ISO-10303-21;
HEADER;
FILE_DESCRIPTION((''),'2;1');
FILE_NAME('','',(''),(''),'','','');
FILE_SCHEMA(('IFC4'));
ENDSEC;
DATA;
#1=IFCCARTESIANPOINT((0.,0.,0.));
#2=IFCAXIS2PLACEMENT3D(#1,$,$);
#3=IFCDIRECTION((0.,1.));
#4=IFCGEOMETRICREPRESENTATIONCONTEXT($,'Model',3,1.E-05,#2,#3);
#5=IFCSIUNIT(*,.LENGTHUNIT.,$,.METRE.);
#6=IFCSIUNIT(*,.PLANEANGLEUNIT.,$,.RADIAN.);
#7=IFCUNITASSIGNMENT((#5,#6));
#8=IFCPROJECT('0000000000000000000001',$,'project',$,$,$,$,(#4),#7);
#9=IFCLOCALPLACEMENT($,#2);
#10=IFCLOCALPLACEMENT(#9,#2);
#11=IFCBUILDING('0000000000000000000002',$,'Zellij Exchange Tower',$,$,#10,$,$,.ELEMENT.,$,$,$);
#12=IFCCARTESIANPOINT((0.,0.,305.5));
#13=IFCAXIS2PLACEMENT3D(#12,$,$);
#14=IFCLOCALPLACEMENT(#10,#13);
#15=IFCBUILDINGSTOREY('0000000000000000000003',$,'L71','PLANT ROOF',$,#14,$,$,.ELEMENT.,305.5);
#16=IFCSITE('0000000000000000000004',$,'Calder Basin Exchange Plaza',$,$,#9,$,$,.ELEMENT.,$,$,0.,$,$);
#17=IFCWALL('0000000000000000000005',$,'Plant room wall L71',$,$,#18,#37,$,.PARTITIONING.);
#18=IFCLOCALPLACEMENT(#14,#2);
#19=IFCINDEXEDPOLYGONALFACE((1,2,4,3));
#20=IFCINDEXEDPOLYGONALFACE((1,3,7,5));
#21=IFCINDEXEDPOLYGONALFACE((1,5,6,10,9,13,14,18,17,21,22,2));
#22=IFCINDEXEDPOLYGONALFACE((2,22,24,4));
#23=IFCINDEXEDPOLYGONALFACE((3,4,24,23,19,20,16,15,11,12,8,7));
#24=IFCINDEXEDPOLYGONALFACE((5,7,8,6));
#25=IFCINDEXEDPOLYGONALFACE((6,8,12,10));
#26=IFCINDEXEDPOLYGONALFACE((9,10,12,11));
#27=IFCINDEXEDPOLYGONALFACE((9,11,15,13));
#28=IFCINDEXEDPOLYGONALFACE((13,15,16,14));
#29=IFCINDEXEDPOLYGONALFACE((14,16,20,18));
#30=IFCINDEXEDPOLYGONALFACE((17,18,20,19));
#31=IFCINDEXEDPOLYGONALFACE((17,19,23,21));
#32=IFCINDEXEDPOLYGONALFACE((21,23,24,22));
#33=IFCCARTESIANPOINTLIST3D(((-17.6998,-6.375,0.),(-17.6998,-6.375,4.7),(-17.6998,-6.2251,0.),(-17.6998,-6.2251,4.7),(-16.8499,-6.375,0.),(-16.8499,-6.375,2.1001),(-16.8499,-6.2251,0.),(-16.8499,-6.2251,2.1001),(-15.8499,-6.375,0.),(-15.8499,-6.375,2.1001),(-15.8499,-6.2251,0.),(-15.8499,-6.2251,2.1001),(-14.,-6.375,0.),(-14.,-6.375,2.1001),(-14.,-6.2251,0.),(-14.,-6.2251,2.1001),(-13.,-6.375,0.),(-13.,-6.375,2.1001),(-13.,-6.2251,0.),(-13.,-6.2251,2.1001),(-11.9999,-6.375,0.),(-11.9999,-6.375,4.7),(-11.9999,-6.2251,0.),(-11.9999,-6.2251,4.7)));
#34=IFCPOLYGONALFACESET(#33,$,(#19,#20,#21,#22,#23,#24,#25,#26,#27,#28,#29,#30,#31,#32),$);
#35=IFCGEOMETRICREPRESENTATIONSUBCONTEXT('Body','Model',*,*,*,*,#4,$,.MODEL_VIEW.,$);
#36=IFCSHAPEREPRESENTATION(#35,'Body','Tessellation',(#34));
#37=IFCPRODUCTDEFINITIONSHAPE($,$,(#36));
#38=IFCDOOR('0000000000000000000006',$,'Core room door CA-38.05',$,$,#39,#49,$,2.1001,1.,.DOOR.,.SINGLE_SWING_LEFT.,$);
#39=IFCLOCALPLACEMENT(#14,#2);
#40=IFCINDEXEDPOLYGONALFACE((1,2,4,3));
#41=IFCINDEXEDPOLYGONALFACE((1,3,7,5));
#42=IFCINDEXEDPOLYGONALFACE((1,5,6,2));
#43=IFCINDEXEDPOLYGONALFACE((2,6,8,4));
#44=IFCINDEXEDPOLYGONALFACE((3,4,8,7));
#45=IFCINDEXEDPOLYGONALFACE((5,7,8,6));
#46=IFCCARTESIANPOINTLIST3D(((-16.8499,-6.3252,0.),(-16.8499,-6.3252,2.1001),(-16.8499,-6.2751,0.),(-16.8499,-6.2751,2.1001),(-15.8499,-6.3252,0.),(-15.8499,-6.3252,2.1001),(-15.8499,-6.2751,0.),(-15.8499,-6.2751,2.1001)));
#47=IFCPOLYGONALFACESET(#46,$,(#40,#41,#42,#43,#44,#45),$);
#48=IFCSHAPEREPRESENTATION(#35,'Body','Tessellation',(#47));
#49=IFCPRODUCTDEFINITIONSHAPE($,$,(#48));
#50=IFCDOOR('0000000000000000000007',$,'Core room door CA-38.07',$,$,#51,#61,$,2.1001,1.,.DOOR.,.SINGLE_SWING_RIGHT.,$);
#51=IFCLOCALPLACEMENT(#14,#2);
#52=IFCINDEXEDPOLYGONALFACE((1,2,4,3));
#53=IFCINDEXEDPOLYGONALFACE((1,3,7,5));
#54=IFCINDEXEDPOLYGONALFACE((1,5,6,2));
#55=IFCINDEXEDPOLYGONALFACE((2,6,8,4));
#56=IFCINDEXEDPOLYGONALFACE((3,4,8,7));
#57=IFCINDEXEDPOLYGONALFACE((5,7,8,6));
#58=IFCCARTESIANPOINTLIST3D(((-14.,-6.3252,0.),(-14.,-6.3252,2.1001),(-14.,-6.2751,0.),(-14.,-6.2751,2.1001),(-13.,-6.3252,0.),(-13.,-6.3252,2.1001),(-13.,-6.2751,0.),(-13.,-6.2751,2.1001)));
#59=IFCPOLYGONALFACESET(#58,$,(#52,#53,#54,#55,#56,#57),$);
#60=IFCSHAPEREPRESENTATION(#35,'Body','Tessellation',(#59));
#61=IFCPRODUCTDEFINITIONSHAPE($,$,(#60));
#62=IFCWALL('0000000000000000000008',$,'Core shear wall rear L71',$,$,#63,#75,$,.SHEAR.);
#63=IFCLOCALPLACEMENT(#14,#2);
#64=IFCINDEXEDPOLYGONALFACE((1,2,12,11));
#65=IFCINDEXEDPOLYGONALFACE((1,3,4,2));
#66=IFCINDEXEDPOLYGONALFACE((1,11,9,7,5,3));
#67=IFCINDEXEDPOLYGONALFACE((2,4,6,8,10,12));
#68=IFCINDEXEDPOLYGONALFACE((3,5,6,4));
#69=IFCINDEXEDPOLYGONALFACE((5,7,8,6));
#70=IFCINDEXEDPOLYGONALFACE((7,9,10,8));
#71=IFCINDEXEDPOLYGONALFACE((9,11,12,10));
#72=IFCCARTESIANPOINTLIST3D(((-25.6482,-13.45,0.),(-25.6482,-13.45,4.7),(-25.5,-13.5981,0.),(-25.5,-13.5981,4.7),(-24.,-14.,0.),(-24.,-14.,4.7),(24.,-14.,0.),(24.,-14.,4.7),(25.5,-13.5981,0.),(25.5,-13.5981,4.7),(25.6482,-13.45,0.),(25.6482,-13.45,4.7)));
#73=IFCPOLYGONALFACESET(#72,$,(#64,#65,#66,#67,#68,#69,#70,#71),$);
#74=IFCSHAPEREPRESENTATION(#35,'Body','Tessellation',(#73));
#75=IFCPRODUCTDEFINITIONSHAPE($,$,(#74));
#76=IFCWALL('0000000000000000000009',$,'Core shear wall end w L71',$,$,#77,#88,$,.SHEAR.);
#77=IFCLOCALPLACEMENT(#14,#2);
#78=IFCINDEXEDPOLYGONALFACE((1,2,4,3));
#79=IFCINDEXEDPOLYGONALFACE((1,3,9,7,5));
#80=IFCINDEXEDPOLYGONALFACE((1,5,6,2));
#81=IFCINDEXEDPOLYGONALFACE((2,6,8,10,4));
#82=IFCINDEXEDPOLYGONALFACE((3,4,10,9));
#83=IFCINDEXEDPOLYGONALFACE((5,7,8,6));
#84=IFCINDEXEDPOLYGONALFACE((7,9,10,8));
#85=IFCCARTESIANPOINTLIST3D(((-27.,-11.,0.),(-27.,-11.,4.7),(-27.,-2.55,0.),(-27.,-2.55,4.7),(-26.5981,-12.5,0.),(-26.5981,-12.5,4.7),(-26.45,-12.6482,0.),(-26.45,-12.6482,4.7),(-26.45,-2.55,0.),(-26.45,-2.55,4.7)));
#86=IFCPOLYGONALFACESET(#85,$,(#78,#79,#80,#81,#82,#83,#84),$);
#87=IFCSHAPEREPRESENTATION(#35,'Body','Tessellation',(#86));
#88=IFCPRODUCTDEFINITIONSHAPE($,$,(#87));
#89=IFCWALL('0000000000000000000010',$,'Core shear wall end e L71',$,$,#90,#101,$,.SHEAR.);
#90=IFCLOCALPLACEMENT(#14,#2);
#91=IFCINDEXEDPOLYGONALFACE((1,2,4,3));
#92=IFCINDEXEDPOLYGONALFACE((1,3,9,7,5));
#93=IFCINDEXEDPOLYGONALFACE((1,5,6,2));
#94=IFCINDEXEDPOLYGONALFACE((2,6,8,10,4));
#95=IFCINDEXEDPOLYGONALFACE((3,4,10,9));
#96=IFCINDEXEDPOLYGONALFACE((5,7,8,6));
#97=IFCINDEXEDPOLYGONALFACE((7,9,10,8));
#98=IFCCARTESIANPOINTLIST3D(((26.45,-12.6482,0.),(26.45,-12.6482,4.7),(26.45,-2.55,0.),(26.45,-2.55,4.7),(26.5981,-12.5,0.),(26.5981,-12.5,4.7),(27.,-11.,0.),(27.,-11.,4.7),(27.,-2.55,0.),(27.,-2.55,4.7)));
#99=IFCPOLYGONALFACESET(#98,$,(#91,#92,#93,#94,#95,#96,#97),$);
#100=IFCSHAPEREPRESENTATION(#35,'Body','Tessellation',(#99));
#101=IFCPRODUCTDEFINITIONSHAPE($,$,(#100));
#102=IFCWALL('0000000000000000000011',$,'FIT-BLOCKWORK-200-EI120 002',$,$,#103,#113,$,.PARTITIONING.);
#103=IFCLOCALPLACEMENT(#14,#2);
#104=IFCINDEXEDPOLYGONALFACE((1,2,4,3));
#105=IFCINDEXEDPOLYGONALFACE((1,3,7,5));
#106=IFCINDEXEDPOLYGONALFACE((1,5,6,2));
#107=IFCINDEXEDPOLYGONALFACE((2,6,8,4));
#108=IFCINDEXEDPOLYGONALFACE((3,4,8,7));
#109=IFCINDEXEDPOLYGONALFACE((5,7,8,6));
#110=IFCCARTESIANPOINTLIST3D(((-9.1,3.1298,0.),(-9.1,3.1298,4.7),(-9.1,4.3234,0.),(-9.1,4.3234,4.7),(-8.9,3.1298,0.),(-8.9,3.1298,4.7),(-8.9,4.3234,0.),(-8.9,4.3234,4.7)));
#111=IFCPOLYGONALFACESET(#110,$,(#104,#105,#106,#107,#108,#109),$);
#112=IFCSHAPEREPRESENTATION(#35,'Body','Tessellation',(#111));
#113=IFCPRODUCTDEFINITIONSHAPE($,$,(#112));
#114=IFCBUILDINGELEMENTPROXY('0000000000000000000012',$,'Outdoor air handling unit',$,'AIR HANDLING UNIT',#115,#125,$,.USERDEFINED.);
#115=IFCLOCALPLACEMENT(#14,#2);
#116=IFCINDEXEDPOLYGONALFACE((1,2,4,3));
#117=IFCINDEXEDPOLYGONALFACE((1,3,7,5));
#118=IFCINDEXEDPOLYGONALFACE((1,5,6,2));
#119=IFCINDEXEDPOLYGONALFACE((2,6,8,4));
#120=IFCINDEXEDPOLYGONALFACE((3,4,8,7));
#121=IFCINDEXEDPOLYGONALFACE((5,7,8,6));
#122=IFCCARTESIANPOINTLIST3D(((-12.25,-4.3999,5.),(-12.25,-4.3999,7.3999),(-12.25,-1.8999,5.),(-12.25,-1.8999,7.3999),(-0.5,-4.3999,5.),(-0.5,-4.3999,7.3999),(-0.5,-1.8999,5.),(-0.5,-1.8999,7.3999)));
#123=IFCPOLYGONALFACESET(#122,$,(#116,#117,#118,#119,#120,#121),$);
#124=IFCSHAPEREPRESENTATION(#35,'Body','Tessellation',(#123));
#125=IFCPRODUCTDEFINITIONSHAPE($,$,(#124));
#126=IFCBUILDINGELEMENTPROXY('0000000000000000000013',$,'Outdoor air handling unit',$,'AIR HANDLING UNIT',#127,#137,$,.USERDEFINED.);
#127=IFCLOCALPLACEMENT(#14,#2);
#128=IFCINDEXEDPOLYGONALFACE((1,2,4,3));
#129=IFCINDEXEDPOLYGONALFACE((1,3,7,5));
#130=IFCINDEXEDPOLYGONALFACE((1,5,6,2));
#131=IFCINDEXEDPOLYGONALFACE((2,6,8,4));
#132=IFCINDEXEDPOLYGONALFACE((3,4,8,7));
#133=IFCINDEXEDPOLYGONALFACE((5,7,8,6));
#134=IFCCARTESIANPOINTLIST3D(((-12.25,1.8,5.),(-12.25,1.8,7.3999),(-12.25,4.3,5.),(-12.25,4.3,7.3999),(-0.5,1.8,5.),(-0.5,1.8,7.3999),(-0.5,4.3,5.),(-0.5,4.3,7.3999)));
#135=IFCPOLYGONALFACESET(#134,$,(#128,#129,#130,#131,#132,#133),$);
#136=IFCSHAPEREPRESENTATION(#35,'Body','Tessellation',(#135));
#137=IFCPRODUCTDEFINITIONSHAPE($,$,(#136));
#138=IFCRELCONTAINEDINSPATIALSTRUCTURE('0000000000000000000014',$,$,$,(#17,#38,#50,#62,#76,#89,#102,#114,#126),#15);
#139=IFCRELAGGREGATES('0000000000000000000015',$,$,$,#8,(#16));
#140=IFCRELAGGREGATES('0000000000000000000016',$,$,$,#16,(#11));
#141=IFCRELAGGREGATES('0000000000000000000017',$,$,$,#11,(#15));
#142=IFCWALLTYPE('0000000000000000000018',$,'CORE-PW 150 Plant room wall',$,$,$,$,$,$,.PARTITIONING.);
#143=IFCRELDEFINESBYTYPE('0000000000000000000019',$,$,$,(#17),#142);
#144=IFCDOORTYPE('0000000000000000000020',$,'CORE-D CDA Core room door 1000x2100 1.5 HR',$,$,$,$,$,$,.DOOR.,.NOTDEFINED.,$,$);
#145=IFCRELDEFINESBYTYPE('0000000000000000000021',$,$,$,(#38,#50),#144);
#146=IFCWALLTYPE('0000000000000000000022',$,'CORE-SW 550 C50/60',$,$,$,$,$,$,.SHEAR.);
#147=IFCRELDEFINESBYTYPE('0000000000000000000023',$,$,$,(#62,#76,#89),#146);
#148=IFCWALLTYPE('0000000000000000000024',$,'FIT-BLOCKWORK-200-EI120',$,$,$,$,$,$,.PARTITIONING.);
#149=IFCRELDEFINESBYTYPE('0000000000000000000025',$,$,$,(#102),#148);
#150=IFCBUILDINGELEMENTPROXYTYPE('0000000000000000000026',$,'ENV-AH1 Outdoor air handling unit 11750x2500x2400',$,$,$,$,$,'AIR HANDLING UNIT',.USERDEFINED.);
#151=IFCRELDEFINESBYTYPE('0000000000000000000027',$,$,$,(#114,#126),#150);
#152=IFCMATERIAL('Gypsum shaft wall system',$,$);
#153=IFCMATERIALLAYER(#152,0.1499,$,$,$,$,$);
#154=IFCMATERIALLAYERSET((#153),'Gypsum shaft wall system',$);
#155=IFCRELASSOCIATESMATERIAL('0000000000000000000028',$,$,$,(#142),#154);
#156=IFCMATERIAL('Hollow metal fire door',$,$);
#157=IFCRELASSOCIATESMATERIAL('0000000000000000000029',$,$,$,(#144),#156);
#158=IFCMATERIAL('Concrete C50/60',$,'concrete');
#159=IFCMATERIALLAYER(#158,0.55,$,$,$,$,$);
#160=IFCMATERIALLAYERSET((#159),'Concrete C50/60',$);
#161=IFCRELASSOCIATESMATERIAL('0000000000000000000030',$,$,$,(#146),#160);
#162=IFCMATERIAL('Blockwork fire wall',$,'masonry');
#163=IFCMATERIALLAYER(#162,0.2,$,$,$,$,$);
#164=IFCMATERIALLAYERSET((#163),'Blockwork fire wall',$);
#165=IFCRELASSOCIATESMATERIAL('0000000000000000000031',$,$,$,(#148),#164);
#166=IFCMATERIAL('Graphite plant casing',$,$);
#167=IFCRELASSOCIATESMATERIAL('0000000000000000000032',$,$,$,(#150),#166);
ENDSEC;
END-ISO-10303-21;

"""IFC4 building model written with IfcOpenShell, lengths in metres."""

from ifc_helpers import new_model, si_unit, direction, frame, frame_2d, origin, origin_2d, place, context, subcontext, project, spatial, polyline, rectangle, outline, extrude, material, layer, layer_set, type_object, element, fill, save


model = new_model("IFC4")

# Units and contexts
model_context = context("Model", 3, precision=1e-05, world=origin(), true_north=direction((0.0, 1.0)))
body_context = subcontext(model_context, "Body", "Model", "MODEL_VIEW")
ifc_project = project(units=[si_unit("LENGTHUNIT", "METRE"), si_unit("PLANEANGLEUNIT", "RADIAN")], contexts=[model_context])

# Site, building, storey
site_placement = place(None, origin())
site = spatial("IfcSite", under=ifc_project, at=site_placement, Name="Calder Basin Exchange Plaza", CompositionType="ELEMENT", RefElevation=0.0)
building_placement = place(site_placement, origin())
building = spatial("IfcBuilding", under=site, at=building_placement, Name="Zellij Exchange Tower", CompositionType="ELEMENT")
storey_placement = place(building_placement, frame((0.0, 0.0, 305.5)))
storey = spatial("IfcBuildingStorey", under=building, at=storey_placement, Name="L71", Description="PLANT ROOF", CompositionType="ELEMENT", Elevation=305.5)

# Shared definitions
ifc_material_1 = material(Name="Concrete C50/60", Category="concrete")

# Shared definitions
ifc_material_2 = material(Name="Gypsum shaft wall system")
ifc_material_3 = material(Name="Hollow metal fire door")

# Shared definitions
ifc_layer_1 = layer(ifc_material_2, 0.1499)
ifc_layer_set_1 = layer_set([ifc_layer_1], Name="Gypsum shaft wall system")
wall_type_1 = type_object("IfcWallType", Name="CORE-PW 150 Plant room wall", PredefinedType="PARTITIONING", material=ifc_layer_set_1)

# Wall, openings, doors
wall_1_placement = place(storey_placement, frame((-17.7, -6.3, 0.0), z_axis=(0.0, 0.0, 1.0), x_axis=(1.0, 0.0, 0.0)))
wall_1 = element("IfcWall", 1, at=wall_1_placement, inside=storey, type_object=wall_type_1, Name="Plant room wall L71", PredefinedType="PARTITIONING", context=body_context, shape_type="SweptSolid", body=[
    extrude(rectangle(XDim=5.7, YDim=0.1499, at=frame_2d((2.8501, 0.0))), origin(), (0.0, 0.0, 1.0), 4.7),
])
opening_1_placement = place(wall_1_placement, frame((0.8501, 0.0, 0.0)))
opening_1 = element("IfcOpeningElement", 2, at=opening_1_placement, cuts=wall_1, PredefinedType="OPENING", context=body_context, shape_type="SweptSolid", body=[
    extrude(rectangle(XDim=1.0, YDim=2.1001, at=frame_2d((0.5, 1.05))), frame((0.0, 0.0869, 0.0), z_axis=(0.0, -1.0, 0.0), x_axis=(1.0, 0.0, 0.0)), (0.0, 0.0, 1.0), 0.1738),
])
opening_2_placement = place(wall_1_placement, frame((3.7, 0.0, 0.0)))
opening_2 = element("IfcOpeningElement", 3, at=opening_2_placement, cuts=wall_1, PredefinedType="OPENING", context=body_context, shape_type="SweptSolid", body=[
    extrude(rectangle(XDim=1.0, YDim=2.1001, at=frame_2d((0.5, 1.05))), frame((0.0, 0.0869, 0.0), z_axis=(0.0, -1.0, 0.0), x_axis=(1.0, 0.0, 0.0)), (0.0, 0.0, 1.0), 0.1738),
])
door_type_1 = type_object("IfcDoorType", Name="CORE-D CDA Core room door 1000x2100 1.5 HR", OperationType="NOTDEFINED", PredefinedType="DOOR", material=ifc_material_3)
door_1_placement = place(opening_1_placement, origin())
door_1 = element("IfcDoor", 4, at=door_1_placement, inside=storey, type_object=door_type_1, Name="Core room door CA-38.05", OperationType="SINGLE_SWING_LEFT", OverallHeight=2.1001, OverallWidth=1.0, PredefinedType="DOOR", context=body_context, shape_type="SweptSolid", body=[
    extrude(rectangle(XDim=1.0, YDim=2.1001, at=frame_2d((0.5, 1.05))), frame((0.0, 0.0249, 0.0), z_axis=(0.0, -1.0, 0.0), x_axis=(1.0, 0.0, 0.0)), (0.0, 0.0, 1.0), 0.05),
])
fill(opening_1, door_1)
door_2_placement = place(opening_2_placement, origin())
door_2 = element("IfcDoor", 5, at=door_2_placement, inside=storey, type_object=door_type_1, Name="Core room door CA-38.07", OperationType="SINGLE_SWING_RIGHT", OverallHeight=2.1001, OverallWidth=1.0, PredefinedType="DOOR", context=body_context, shape_type="SweptSolid", body=[
    extrude(rectangle(XDim=1.0, YDim=2.1001, at=frame_2d((0.5, 1.05))), frame((0.0, 0.0249, 0.0), z_axis=(0.0, -1.0, 0.0), x_axis=(1.0, 0.0, 0.0)), (0.0, 0.0, 1.0), 0.05),
])
fill(opening_2, door_2)

# Walls
ifc_layer_2 = layer(ifc_material_1, 0.55)
ifc_layer_set_2 = layer_set([ifc_layer_2], Name="Concrete C50/60")
wall_type_2 = type_object("IfcWallType", Name="CORE-SW 550 C50/60", PredefinedType="SHEAR", material=ifc_layer_set_2)
wall_2_placement = place(storey_placement, origin())
element("IfcWall", 6, at=wall_2_placement, inside=storey, type_object=wall_type_2, Name="Core shear wall rear L71", PredefinedType="SHEAR", context=body_context, shape_type="SweptSolid", body=[
    extrude(outline(polyline([(25.6482, -13.45), (25.5, -13.5981), (24.0, -14.0), (-24.0, -14.0), (-25.5, -13.5981), (-25.6482, -13.45), (25.6482, -13.45)])), origin(), (0.0, 0.0, 1.0), 4.7),
])
wall_3_placement = place(storey_placement, origin())
element("IfcWall", 7, at=wall_3_placement, inside=storey, type_object=wall_type_2, Name="Core shear wall end w L71", PredefinedType="SHEAR", context=body_context, shape_type="SweptSolid", body=[
    extrude(outline(polyline([(-26.45, -2.55), (-26.45, -12.6482), (-26.5981, -12.5), (-27.0, -11.0), (-27.0, -2.55), (-26.45, -2.55)])), origin(), (0.0, 0.0, 1.0), 4.7),
])
wall_4_placement = place(storey_placement, origin())
element("IfcWall", 8, at=wall_4_placement, inside=storey, type_object=wall_type_2, Name="Core shear wall end e L71", PredefinedType="SHEAR", context=body_context, shape_type="SweptSolid", body=[
    extrude(outline(polyline([(27.0, -11.0), (26.5981, -12.5), (26.45, -12.6482), (26.45, -2.55), (27.0, -2.55), (27.0, -11.0)])), origin(), (0.0, 0.0, 1.0), 4.7),
])
ifc_material_4 = material(Name="Blockwork fire wall", Category="masonry")
ifc_layer_3 = layer(ifc_material_4, 0.2)
ifc_layer_set_3 = layer_set([ifc_layer_3], Name="Blockwork fire wall")
wall_type_3 = type_object("IfcWallType", Name="FIT-BLOCKWORK-200-EI120", PredefinedType="PARTITIONING", material=ifc_layer_set_3)
wall_5_placement = place(storey_placement, frame((-9.0, 3.1299, 0.0), z_axis=(0.0, 0.0, 1.0), x_axis=(0.0, 1.0, 0.0)))
element("IfcWall", 9, at=wall_5_placement, inside=storey, type_object=wall_type_3, Name="FIT-BLOCKWORK-200-EI120 002", PredefinedType="PARTITIONING", context=body_context, shape_type="SweptSolid", body=[
    extrude(rectangle(XDim=1.1936, YDim=0.2, at=frame_2d((0.5967, 0.0))), origin(), (0.0, 0.0, 1.0), 4.7),
])

# Building element proxies
ifc_material_5 = material(Name="Graphite plant casing")
building_element_proxy_type = type_object("IfcBuildingElementProxyType", Name="ENV-AH1 Outdoor air handling unit 11750x2500x2400", ElementType="AIR HANDLING UNIT", PredefinedType="USERDEFINED", material=ifc_material_5)
for number, where, z_axis, x_axis, name in (
    (10, (-6.375, -3.1499, 5.0), (0.0, 0.0, 1.0), (1.0, 0.0, 0.0), "Outdoor air handling unit"),
    (11, (-6.375, 3.05, 5.0), (0.0, 0.0, 1.0), (1.0, 0.0, 0.0), "Outdoor air handling unit"),
):
    element("IfcBuildingElementProxy", number, at=place(storey_placement, frame(where, z_axis=z_axis, x_axis=x_axis)), inside=storey, type_object=building_element_proxy_type, Name=name, ObjectType="AIR HANDLING UNIT", PredefinedType="USERDEFINED", context=body_context, shape_type="SweptSolid", body=[
        extrude(rectangle(XDim=11.75, YDim=2.5, at=origin_2d()), origin(), (0.0, 0.0, 1.0), 2.3999),
    ])

save(model, "model.ifc")
